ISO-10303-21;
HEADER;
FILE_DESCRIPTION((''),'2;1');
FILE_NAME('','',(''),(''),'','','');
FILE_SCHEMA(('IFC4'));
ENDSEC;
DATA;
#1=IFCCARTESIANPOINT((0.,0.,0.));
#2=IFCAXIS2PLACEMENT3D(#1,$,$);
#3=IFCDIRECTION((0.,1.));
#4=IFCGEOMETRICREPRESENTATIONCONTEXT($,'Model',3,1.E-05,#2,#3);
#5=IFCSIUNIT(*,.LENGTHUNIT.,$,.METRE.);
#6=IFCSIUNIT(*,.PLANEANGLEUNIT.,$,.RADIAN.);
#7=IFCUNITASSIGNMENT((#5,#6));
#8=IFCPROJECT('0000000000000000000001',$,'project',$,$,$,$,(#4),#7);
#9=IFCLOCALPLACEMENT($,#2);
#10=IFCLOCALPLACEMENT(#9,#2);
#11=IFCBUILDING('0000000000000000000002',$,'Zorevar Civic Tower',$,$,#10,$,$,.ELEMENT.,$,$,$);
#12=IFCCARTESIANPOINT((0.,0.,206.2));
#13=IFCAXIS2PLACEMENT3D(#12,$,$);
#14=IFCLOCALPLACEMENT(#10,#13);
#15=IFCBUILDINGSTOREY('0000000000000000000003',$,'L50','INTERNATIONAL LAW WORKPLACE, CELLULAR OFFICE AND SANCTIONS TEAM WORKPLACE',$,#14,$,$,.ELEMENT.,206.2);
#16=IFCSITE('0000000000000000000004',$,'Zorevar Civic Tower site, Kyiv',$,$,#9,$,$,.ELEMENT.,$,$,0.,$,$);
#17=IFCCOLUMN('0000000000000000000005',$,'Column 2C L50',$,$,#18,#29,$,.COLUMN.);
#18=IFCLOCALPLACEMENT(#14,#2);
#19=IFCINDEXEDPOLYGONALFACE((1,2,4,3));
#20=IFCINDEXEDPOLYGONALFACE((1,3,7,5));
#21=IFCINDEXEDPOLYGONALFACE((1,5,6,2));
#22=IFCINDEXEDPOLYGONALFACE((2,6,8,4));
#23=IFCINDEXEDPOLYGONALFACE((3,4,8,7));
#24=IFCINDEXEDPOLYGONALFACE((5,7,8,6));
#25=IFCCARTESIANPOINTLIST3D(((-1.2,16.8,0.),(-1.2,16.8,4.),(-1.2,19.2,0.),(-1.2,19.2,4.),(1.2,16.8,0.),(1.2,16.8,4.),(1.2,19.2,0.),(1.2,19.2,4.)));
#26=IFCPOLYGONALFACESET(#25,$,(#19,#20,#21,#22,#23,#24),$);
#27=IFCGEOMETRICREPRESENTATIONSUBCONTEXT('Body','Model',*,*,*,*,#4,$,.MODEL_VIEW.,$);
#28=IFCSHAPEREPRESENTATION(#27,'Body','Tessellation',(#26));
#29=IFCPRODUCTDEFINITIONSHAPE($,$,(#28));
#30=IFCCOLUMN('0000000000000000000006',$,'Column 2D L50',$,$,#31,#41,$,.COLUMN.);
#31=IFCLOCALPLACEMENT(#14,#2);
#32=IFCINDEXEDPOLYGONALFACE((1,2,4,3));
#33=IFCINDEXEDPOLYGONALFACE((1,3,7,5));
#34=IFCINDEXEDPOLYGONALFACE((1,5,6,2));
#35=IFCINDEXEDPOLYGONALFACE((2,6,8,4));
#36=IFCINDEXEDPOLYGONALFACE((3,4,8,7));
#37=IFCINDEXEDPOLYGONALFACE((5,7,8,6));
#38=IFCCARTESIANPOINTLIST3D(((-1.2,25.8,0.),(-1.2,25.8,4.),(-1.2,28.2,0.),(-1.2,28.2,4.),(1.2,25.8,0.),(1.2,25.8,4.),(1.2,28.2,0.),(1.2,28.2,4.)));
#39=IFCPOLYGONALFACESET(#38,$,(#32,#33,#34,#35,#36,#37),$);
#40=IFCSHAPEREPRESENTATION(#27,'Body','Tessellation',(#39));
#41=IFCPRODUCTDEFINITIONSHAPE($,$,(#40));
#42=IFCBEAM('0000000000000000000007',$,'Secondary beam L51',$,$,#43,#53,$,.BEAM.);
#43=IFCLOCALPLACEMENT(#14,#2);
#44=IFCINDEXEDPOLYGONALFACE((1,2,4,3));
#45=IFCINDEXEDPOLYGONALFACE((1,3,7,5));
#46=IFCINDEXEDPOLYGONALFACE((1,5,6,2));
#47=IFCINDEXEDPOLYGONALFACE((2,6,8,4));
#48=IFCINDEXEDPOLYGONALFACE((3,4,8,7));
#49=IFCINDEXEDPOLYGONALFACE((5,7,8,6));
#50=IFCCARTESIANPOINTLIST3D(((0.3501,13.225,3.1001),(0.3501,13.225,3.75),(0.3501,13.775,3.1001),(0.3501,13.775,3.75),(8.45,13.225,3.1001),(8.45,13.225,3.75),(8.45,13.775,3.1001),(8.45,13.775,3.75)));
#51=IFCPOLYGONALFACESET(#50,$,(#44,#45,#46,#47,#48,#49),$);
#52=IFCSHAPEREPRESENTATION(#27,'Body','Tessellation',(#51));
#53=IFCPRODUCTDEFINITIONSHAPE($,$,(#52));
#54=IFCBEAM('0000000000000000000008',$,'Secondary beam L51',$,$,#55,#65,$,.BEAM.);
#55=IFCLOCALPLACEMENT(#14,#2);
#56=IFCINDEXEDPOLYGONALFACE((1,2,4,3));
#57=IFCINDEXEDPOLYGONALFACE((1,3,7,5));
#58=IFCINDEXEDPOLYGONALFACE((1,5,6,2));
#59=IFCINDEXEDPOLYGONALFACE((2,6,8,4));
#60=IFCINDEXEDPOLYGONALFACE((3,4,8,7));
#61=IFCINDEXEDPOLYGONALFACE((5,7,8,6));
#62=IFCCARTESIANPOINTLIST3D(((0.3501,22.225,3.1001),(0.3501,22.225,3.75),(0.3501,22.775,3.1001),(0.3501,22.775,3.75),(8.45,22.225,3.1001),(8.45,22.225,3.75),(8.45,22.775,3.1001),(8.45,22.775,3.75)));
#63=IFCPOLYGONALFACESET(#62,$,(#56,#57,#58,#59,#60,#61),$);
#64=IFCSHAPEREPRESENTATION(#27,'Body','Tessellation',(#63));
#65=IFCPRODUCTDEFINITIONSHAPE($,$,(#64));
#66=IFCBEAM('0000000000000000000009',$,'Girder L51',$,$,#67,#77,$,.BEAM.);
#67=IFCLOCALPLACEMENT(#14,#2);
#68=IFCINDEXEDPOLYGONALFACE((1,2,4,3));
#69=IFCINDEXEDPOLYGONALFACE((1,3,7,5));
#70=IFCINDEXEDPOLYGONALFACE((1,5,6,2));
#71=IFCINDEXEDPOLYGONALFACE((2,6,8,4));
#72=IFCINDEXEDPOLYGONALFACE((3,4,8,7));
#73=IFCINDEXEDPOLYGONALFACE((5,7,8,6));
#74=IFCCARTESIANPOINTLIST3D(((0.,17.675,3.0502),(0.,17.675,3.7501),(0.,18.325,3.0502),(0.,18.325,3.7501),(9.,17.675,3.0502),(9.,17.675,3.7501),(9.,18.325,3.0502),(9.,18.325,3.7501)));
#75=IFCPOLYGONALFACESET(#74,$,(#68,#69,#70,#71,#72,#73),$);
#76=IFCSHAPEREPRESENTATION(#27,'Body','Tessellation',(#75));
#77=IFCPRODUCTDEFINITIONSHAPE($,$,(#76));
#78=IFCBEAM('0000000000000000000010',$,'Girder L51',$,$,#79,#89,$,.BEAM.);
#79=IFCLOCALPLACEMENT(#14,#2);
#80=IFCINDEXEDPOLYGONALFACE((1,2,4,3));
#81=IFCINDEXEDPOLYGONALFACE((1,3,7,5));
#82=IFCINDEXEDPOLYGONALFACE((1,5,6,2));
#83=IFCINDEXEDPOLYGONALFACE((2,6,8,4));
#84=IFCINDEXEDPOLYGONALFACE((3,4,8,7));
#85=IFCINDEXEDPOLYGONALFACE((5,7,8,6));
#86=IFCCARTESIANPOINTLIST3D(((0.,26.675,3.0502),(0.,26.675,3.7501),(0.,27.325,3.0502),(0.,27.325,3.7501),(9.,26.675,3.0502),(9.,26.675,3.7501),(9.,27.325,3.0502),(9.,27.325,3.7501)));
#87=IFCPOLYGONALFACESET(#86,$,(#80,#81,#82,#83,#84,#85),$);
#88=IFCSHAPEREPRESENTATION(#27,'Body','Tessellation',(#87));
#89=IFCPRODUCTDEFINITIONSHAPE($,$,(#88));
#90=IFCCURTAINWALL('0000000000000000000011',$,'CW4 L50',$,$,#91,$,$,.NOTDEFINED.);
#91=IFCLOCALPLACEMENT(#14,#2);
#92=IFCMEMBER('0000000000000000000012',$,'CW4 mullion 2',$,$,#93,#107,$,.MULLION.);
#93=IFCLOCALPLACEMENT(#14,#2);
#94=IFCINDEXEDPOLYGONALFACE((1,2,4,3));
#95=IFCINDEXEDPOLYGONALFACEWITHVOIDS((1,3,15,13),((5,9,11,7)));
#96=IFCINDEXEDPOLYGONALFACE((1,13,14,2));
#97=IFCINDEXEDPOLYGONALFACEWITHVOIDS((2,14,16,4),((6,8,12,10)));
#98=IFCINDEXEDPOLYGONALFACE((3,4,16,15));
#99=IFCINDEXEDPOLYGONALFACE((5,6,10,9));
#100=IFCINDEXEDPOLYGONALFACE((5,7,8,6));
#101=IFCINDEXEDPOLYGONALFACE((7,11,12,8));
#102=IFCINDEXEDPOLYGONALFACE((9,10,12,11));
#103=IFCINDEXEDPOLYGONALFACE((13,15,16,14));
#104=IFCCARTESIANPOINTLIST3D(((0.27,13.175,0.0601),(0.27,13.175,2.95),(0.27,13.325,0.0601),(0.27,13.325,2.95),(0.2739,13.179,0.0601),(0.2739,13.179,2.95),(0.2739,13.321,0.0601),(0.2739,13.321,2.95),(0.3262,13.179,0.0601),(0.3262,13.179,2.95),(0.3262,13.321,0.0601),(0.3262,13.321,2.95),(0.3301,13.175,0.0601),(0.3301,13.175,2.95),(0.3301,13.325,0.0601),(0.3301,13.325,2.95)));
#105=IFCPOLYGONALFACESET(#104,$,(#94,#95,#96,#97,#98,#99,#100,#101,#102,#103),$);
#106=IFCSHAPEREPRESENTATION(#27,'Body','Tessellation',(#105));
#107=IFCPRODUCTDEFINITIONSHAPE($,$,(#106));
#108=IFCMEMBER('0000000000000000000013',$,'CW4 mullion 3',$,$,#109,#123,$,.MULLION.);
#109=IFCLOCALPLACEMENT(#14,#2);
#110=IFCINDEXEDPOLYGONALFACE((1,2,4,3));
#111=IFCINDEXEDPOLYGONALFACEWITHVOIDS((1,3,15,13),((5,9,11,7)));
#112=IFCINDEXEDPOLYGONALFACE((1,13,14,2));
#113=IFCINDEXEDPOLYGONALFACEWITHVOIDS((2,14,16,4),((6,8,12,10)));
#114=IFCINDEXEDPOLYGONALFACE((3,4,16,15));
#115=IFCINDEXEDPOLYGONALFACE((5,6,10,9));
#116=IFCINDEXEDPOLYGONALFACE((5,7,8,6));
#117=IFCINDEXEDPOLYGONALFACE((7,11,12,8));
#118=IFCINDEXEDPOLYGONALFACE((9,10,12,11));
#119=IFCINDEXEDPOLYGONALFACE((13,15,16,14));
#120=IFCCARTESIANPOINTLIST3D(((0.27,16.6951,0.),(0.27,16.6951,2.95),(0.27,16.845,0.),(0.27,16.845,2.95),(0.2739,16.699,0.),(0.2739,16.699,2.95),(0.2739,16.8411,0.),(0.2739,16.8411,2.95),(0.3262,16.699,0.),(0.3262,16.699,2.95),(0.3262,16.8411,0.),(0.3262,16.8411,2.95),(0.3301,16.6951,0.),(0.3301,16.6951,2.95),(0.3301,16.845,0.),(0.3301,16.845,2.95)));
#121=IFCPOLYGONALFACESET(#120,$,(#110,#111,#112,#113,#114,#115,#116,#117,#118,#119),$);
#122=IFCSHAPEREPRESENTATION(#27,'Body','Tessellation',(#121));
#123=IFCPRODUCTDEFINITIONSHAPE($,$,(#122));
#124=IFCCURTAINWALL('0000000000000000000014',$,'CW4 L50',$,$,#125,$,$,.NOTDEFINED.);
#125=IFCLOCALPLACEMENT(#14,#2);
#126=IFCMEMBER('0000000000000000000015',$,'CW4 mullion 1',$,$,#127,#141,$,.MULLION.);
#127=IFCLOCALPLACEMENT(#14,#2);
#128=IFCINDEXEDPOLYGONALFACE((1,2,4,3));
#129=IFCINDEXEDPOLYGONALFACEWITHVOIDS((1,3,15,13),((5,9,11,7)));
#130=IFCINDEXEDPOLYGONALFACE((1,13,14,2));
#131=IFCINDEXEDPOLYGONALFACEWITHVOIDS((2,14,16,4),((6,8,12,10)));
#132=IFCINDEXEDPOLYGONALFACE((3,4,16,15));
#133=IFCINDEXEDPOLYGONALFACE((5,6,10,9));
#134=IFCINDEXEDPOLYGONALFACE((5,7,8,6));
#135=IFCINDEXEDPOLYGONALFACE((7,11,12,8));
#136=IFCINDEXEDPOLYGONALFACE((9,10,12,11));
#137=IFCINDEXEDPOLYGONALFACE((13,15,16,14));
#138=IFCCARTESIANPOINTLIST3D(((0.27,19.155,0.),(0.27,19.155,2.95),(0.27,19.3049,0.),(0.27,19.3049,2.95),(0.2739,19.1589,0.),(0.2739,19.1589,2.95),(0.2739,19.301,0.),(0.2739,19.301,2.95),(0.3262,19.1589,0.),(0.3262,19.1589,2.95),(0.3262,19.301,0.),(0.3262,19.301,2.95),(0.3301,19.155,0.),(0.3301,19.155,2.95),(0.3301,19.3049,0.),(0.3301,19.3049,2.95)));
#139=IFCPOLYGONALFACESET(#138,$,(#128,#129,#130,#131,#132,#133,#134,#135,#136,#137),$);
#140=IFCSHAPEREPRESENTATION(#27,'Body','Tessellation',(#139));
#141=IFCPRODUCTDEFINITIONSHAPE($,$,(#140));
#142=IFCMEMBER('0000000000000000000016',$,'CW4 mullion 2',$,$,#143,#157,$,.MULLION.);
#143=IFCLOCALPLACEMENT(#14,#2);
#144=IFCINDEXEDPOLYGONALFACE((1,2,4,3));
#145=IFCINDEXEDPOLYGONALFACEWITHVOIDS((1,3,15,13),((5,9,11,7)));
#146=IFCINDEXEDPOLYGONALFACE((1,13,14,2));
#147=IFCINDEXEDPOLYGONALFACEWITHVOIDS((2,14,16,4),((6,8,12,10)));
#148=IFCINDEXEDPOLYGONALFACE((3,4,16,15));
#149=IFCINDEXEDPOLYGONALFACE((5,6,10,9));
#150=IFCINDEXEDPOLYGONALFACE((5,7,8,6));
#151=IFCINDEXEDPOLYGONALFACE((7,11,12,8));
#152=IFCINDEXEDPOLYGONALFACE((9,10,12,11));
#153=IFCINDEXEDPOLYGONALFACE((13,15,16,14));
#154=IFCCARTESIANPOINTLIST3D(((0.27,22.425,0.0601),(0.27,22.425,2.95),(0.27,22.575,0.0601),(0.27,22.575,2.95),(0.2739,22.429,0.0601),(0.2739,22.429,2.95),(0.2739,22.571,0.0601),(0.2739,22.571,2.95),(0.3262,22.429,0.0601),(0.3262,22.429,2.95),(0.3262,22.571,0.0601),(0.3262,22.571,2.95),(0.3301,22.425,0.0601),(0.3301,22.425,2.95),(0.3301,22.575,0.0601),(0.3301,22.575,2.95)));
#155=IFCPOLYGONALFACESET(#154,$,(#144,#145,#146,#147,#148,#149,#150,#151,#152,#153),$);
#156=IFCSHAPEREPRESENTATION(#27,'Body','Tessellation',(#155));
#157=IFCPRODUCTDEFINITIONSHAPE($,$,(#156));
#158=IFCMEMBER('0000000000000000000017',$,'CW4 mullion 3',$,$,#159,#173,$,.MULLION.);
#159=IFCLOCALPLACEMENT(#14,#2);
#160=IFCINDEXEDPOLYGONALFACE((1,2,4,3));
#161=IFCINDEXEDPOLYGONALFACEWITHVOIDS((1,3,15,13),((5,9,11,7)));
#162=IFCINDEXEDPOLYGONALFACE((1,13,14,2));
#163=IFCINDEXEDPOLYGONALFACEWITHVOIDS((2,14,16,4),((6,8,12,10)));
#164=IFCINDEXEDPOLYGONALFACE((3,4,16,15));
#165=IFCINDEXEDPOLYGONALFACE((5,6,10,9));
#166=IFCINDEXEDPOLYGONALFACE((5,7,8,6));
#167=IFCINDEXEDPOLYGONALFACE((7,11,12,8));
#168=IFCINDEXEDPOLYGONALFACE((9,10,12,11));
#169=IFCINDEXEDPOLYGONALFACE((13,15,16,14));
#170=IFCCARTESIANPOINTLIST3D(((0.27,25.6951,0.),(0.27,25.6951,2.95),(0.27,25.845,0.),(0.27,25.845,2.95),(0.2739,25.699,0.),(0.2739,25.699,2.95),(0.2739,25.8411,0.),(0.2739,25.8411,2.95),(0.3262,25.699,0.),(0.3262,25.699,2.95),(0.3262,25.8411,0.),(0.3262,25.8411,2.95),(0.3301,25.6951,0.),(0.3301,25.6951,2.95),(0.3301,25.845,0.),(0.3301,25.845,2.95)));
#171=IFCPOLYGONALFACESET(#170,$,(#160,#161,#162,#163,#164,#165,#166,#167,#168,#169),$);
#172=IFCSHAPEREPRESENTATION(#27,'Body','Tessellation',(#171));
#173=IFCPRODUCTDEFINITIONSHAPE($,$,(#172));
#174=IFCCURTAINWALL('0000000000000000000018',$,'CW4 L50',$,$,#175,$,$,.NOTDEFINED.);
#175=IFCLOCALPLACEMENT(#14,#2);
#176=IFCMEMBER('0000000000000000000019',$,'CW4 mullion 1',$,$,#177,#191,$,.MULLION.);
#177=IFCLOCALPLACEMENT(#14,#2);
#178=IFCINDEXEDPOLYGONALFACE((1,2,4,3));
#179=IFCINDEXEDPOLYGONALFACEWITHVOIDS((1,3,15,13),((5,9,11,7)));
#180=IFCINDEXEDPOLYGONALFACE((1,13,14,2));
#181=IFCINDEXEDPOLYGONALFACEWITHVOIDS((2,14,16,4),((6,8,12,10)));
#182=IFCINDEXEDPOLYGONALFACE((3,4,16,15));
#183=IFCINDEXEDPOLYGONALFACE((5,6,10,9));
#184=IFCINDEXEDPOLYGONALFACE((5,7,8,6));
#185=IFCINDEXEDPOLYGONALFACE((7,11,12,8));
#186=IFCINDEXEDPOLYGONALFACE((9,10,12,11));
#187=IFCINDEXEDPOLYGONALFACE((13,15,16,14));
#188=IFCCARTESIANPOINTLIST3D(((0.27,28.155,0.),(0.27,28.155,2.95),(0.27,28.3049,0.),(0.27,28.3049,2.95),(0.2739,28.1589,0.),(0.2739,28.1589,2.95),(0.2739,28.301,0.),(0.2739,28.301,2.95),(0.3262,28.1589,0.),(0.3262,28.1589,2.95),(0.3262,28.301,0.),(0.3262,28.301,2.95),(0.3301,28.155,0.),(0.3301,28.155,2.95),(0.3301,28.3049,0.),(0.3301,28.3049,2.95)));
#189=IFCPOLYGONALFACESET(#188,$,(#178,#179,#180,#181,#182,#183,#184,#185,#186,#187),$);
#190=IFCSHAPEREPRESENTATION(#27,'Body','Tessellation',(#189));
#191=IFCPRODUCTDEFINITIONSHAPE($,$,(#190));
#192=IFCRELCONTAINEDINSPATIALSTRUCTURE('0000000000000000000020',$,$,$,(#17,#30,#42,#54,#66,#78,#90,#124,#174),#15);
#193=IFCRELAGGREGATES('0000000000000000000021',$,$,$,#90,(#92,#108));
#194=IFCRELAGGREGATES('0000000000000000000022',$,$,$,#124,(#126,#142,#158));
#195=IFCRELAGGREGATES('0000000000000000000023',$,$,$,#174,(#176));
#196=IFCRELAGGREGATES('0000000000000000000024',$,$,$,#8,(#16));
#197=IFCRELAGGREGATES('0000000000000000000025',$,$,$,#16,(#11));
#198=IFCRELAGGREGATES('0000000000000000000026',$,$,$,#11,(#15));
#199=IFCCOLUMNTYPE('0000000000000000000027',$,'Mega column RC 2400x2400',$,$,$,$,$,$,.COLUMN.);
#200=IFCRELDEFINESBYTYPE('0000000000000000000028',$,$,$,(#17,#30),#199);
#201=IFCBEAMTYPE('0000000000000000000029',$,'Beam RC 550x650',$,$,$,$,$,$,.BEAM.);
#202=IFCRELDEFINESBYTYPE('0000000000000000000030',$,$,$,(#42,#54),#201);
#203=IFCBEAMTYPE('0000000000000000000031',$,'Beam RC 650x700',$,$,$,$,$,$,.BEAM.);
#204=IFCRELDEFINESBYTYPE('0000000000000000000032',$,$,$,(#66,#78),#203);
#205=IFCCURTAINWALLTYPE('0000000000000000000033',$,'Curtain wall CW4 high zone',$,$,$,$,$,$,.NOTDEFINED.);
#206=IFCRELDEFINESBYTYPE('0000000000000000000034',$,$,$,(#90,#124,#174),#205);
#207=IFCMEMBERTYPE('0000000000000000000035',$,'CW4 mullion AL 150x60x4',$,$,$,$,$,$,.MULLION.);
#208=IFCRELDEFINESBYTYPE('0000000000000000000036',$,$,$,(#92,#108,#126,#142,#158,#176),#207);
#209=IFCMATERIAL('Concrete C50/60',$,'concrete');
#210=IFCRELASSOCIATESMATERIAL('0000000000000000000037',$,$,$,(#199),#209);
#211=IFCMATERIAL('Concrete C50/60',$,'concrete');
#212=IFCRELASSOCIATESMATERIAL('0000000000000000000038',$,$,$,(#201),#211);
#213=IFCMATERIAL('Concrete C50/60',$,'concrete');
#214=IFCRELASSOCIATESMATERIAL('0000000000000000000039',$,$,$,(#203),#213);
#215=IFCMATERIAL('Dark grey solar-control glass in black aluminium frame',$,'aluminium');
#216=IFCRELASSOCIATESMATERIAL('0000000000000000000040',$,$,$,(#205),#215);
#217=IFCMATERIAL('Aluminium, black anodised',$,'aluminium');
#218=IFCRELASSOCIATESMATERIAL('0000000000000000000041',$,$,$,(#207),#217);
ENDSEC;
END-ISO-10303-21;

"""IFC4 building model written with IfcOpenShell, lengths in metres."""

from ifc_helpers import new_model, si_unit, direction, frame, origin, origin_2d, place, context, subcontext, project, spatial, rectangle, hollow_rectangle, extrude, material, material_profile, profile_set, type_object, element, aggregate, save


model = new_model("IFC4")

# Units and contexts
model_context = context("Model", 3, precision=1e-05, world=origin(), true_north=direction((0.0, 1.0)))
body_context = subcontext(model_context, "Body", "Model", "MODEL_VIEW")
ifc_project = project(units=[si_unit("LENGTHUNIT", "METRE"), si_unit("PLANEANGLEUNIT", "RADIAN")], contexts=[model_context])

# Site, building, storey
site_placement = place(None, origin())
site = spatial("IfcSite", under=ifc_project, at=site_placement, Name="Zorevar Civic Tower site, Kyiv", CompositionType="ELEMENT", RefElevation=0.0)
building_placement = place(site_placement, origin())
building = spatial("IfcBuilding", under=site, at=building_placement, Name="Zorevar Civic Tower", CompositionType="ELEMENT")
storey_placement = place(building_placement, frame((0.0, 0.0, 206.2)))
storey = spatial("IfcBuildingStorey", under=building, at=storey_placement, Name="L50", Description="INTERNATIONAL LAW WORKPLACE, CELLULAR OFFICE AND SANCTIONS TEAM WORKPLACE", CompositionType="ELEMENT", Elevation=206.2)

# Columns
ifc_material_1 = material(Name="Concrete C50/60", Category="concrete")
ifc_material_profile_1 = material_profile(ifc_material_1, rectangle(XDim=2.3999, YDim=2.3999, at=origin_2d()), Name="RC 2400x2400")
ifc_profile_set_1 = profile_set([ifc_material_profile_1], Name="Concrete C50/60")
column_type = type_object("IfcColumnType", Name="Mega column RC 2400x2400", PredefinedType="COLUMN", material=ifc_profile_set_1)
for number, where, z_axis, x_axis, name in (
    (1, (0.0, 18.0, 0.0), (0.0, 0.0, 1.0), (1.0, 0.0, 0.0), "Column 2C L50"),
    (2, (0.0, 27.0, 0.0), (0.0, 0.0, 1.0), (1.0, 0.0, 0.0), "Column 2D L50"),
):
    element("IfcColumn", number, at=place(storey_placement, frame(where, z_axis=z_axis, x_axis=x_axis)), inside=storey, type_object=column_type, Name=name, PredefinedType="COLUMN", context=body_context, shape_type="SweptSolid", body=[
        extrude(rectangle(XDim=2.3999, YDim=2.3999, at=origin_2d()), origin(), (0.0, 0.0, 1.0), 4.0),
    ])

# Beams
ifc_material_2 = material(Name="Concrete C50/60", Category="concrete")
ifc_material_profile_2 = material_profile(ifc_material_2, rectangle(XDim=0.55, YDim=0.6499, at=origin_2d()), Name="RC 550x650")
ifc_profile_set_2 = profile_set([ifc_material_profile_2], Name="Concrete C50/60")
beam_type_1 = type_object("IfcBeamType", Name="Beam RC 550x650", PredefinedType="BEAM", material=ifc_profile_set_2)
for number, where, z_axis, x_axis, name in (
    (3, (0.3501, 13.5, 3.425), (1.0, 0.0, 0.0), (0.0, 1.0, 0.0), "Secondary beam L51"),
    (4, (0.3501, 22.5, 3.425), (1.0, 0.0, 0.0), (0.0, 1.0, 0.0), "Secondary beam L51"),
):
    element("IfcBeam", number, at=place(storey_placement, frame(where, z_axis=z_axis, x_axis=x_axis)), inside=storey, type_object=beam_type_1, Name=name, PredefinedType="BEAM", context=body_context, shape_type="SweptSolid", body=[
        extrude(rectangle(XDim=0.55, YDim=0.6499, at=origin_2d()), origin(), (0.0, 0.0, 1.0), 8.0999),
    ])
ifc_material_3 = material(Name="Concrete C50/60", Category="concrete")
ifc_material_profile_3 = material_profile(ifc_material_3, rectangle(XDim=0.6499, YDim=0.7, at=origin_2d()), Name="RC 650x700")
ifc_profile_set_3 = profile_set([ifc_material_profile_3], Name="Concrete C50/60")
beam_type_2 = type_object("IfcBeamType", Name="Beam RC 650x700", PredefinedType="BEAM", material=ifc_profile_set_3)
for number, where, z_axis, x_axis, name in (
    (5, (0.0, 18.0, 3.4001), (1.0, 0.0, 0.0), (0.0, 1.0, 0.0), "Girder L51"),
    (6, (0.0, 27.0, 3.4001), (1.0, 0.0, 0.0), (0.0, 1.0, 0.0), "Girder L51"),
):
    element("IfcBeam", number, at=place(storey_placement, frame(where, z_axis=z_axis, x_axis=x_axis)), inside=storey, type_object=beam_type_2, Name=name, PredefinedType="BEAM", context=body_context, shape_type="SweptSolid", body=[
        extrude(rectangle(XDim=0.6499, YDim=0.7, at=origin_2d()), origin(), (0.0, 0.0, 1.0), 9.0),
    ])

# Curtain walls, members
ifc_material_4 = material(Name="Dark grey solar-control glass in black aluminium frame", Category="aluminium")
curtain_wall_type = type_object("IfcCurtainWallType", Name="Curtain wall CW4 high zone", PredefinedType="NOTDEFINED", material=ifc_material_4)
curtain_wall_1_placement = place(storey_placement, origin())
curtain_wall_1 = element("IfcCurtainWall", 7, at=curtain_wall_1_placement, inside=storey, type_object=curtain_wall_type, Name="CW4 L50", PredefinedType="NOTDEFINED")
ifc_material_5 = material(Name="Aluminium, black anodised", Category="aluminium")
ifc_material_profile_4 = material_profile(ifc_material_5, hollow_rectangle(XDim=0.0601, YDim=0.1499, WallThickness=0.0039, at=origin_2d()), Name="AL 150x60x4")
ifc_profile_set_4 = profile_set([ifc_material_profile_4], Name="Aluminium, black anodised")
member_type_1 = type_object("IfcMemberType", Name="CW4 mullion AL 150x60x4", PredefinedType="MULLION", material=ifc_profile_set_4)
member_1_placement = place(storey_placement, frame((0.3, 13.25, 0.0601), z_axis=(0.0, 0.0, 1.0), x_axis=(-1.0, 0.0, 0.0)))
member_1 = element("IfcMember", 8, at=member_1_placement, type_object=member_type_1, Name="CW4 mullion 2", PredefinedType="MULLION", context=body_context, shape_type="SweptSolid", body=[
    extrude(hollow_rectangle(XDim=0.0601, YDim=0.1499, WallThickness=0.0039, at=origin_2d()), origin(), (0.0, 0.0, 1.0), 2.8899),
])
member_2_placement = place(storey_placement, frame((0.3, 16.77, 0.0), z_axis=(0.0, 0.0, 1.0), x_axis=(-1.0, 0.0, 0.0)))
member_2 = element("IfcMember", 9, at=member_2_placement, type_object=member_type_1, Name="CW4 mullion 3", PredefinedType="MULLION", context=body_context, shape_type="SweptSolid", body=[
    extrude(hollow_rectangle(XDim=0.0601, YDim=0.1499, WallThickness=0.0039, at=origin_2d()), origin(), (0.0, 0.0, 1.0), 2.95),
])
curtain_wall_2_placement = place(storey_placement, origin())
curtain_wall_2 = element("IfcCurtainWall", 10, at=curtain_wall_2_placement, inside=storey, type_object=curtain_wall_type, Name="CW4 L50", PredefinedType="NOTDEFINED")
member_3_placement = place(storey_placement, frame((0.3, 19.23, 0.0), z_axis=(0.0, 0.0, 1.0), x_axis=(-1.0, 0.0, 0.0)))
member_3 = element("IfcMember", 11, at=member_3_placement, type_object=member_type_1, Name="CW4 mullion 1", PredefinedType="MULLION", context=body_context, shape_type="SweptSolid", body=[
    extrude(hollow_rectangle(XDim=0.0601, YDim=0.1499, WallThickness=0.0039, at=origin_2d()), origin(), (0.0, 0.0, 1.0), 2.95),
])
member_4_placement = place(storey_placement, frame((0.3, 22.5, 0.0601), z_axis=(0.0, 0.0, 1.0), x_axis=(-1.0, 0.0, 0.0)))
member_4 = element("IfcMember", 12, at=member_4_placement, type_object=member_type_1, Name="CW4 mullion 2", PredefinedType="MULLION", context=body_context, shape_type="SweptSolid", body=[
    extrude(hollow_rectangle(XDim=0.0601, YDim=0.1499, WallThickness=0.0039, at=origin_2d()), origin(), (0.0, 0.0, 1.0), 2.8899),
])
member_5_placement = place(storey_placement, frame((0.3, 25.77, 0.0), z_axis=(0.0, 0.0, 1.0), x_axis=(-1.0, 0.0, 0.0)))
member_5 = element("IfcMember", 13, at=member_5_placement, type_object=member_type_1, Name="CW4 mullion 3", PredefinedType="MULLION", context=body_context, shape_type="SweptSolid", body=[
    extrude(hollow_rectangle(XDim=0.0601, YDim=0.1499, WallThickness=0.0039, at=origin_2d()), origin(), (0.0, 0.0, 1.0), 2.95),
])
curtain_wall_3_placement = place(storey_placement, origin())
curtain_wall_3 = element("IfcCurtainWall", 14, at=curtain_wall_3_placement, inside=storey, type_object=curtain_wall_type, Name="CW4 L50", PredefinedType="NOTDEFINED")
member_6_placement = place(storey_placement, frame((0.3, 28.23, 0.0), z_axis=(0.0, 0.0, 1.0), x_axis=(-1.0, 0.0, 0.0)))
member_6 = element("IfcMember", 15, at=member_6_placement, type_object=member_type_1, Name="CW4 mullion 1", PredefinedType="MULLION", context=body_context, shape_type="SweptSolid", body=[
    extrude(hollow_rectangle(XDim=0.0601, YDim=0.1499, WallThickness=0.0039, at=origin_2d()), origin(), (0.0, 0.0, 1.0), 2.95),
])

aggregate(curtain_wall_1, [member_1, member_2])
aggregate(curtain_wall_2, [member_3, member_4, member_5])
aggregate(curtain_wall_3, [member_6])

save(model, "model.ifc")
